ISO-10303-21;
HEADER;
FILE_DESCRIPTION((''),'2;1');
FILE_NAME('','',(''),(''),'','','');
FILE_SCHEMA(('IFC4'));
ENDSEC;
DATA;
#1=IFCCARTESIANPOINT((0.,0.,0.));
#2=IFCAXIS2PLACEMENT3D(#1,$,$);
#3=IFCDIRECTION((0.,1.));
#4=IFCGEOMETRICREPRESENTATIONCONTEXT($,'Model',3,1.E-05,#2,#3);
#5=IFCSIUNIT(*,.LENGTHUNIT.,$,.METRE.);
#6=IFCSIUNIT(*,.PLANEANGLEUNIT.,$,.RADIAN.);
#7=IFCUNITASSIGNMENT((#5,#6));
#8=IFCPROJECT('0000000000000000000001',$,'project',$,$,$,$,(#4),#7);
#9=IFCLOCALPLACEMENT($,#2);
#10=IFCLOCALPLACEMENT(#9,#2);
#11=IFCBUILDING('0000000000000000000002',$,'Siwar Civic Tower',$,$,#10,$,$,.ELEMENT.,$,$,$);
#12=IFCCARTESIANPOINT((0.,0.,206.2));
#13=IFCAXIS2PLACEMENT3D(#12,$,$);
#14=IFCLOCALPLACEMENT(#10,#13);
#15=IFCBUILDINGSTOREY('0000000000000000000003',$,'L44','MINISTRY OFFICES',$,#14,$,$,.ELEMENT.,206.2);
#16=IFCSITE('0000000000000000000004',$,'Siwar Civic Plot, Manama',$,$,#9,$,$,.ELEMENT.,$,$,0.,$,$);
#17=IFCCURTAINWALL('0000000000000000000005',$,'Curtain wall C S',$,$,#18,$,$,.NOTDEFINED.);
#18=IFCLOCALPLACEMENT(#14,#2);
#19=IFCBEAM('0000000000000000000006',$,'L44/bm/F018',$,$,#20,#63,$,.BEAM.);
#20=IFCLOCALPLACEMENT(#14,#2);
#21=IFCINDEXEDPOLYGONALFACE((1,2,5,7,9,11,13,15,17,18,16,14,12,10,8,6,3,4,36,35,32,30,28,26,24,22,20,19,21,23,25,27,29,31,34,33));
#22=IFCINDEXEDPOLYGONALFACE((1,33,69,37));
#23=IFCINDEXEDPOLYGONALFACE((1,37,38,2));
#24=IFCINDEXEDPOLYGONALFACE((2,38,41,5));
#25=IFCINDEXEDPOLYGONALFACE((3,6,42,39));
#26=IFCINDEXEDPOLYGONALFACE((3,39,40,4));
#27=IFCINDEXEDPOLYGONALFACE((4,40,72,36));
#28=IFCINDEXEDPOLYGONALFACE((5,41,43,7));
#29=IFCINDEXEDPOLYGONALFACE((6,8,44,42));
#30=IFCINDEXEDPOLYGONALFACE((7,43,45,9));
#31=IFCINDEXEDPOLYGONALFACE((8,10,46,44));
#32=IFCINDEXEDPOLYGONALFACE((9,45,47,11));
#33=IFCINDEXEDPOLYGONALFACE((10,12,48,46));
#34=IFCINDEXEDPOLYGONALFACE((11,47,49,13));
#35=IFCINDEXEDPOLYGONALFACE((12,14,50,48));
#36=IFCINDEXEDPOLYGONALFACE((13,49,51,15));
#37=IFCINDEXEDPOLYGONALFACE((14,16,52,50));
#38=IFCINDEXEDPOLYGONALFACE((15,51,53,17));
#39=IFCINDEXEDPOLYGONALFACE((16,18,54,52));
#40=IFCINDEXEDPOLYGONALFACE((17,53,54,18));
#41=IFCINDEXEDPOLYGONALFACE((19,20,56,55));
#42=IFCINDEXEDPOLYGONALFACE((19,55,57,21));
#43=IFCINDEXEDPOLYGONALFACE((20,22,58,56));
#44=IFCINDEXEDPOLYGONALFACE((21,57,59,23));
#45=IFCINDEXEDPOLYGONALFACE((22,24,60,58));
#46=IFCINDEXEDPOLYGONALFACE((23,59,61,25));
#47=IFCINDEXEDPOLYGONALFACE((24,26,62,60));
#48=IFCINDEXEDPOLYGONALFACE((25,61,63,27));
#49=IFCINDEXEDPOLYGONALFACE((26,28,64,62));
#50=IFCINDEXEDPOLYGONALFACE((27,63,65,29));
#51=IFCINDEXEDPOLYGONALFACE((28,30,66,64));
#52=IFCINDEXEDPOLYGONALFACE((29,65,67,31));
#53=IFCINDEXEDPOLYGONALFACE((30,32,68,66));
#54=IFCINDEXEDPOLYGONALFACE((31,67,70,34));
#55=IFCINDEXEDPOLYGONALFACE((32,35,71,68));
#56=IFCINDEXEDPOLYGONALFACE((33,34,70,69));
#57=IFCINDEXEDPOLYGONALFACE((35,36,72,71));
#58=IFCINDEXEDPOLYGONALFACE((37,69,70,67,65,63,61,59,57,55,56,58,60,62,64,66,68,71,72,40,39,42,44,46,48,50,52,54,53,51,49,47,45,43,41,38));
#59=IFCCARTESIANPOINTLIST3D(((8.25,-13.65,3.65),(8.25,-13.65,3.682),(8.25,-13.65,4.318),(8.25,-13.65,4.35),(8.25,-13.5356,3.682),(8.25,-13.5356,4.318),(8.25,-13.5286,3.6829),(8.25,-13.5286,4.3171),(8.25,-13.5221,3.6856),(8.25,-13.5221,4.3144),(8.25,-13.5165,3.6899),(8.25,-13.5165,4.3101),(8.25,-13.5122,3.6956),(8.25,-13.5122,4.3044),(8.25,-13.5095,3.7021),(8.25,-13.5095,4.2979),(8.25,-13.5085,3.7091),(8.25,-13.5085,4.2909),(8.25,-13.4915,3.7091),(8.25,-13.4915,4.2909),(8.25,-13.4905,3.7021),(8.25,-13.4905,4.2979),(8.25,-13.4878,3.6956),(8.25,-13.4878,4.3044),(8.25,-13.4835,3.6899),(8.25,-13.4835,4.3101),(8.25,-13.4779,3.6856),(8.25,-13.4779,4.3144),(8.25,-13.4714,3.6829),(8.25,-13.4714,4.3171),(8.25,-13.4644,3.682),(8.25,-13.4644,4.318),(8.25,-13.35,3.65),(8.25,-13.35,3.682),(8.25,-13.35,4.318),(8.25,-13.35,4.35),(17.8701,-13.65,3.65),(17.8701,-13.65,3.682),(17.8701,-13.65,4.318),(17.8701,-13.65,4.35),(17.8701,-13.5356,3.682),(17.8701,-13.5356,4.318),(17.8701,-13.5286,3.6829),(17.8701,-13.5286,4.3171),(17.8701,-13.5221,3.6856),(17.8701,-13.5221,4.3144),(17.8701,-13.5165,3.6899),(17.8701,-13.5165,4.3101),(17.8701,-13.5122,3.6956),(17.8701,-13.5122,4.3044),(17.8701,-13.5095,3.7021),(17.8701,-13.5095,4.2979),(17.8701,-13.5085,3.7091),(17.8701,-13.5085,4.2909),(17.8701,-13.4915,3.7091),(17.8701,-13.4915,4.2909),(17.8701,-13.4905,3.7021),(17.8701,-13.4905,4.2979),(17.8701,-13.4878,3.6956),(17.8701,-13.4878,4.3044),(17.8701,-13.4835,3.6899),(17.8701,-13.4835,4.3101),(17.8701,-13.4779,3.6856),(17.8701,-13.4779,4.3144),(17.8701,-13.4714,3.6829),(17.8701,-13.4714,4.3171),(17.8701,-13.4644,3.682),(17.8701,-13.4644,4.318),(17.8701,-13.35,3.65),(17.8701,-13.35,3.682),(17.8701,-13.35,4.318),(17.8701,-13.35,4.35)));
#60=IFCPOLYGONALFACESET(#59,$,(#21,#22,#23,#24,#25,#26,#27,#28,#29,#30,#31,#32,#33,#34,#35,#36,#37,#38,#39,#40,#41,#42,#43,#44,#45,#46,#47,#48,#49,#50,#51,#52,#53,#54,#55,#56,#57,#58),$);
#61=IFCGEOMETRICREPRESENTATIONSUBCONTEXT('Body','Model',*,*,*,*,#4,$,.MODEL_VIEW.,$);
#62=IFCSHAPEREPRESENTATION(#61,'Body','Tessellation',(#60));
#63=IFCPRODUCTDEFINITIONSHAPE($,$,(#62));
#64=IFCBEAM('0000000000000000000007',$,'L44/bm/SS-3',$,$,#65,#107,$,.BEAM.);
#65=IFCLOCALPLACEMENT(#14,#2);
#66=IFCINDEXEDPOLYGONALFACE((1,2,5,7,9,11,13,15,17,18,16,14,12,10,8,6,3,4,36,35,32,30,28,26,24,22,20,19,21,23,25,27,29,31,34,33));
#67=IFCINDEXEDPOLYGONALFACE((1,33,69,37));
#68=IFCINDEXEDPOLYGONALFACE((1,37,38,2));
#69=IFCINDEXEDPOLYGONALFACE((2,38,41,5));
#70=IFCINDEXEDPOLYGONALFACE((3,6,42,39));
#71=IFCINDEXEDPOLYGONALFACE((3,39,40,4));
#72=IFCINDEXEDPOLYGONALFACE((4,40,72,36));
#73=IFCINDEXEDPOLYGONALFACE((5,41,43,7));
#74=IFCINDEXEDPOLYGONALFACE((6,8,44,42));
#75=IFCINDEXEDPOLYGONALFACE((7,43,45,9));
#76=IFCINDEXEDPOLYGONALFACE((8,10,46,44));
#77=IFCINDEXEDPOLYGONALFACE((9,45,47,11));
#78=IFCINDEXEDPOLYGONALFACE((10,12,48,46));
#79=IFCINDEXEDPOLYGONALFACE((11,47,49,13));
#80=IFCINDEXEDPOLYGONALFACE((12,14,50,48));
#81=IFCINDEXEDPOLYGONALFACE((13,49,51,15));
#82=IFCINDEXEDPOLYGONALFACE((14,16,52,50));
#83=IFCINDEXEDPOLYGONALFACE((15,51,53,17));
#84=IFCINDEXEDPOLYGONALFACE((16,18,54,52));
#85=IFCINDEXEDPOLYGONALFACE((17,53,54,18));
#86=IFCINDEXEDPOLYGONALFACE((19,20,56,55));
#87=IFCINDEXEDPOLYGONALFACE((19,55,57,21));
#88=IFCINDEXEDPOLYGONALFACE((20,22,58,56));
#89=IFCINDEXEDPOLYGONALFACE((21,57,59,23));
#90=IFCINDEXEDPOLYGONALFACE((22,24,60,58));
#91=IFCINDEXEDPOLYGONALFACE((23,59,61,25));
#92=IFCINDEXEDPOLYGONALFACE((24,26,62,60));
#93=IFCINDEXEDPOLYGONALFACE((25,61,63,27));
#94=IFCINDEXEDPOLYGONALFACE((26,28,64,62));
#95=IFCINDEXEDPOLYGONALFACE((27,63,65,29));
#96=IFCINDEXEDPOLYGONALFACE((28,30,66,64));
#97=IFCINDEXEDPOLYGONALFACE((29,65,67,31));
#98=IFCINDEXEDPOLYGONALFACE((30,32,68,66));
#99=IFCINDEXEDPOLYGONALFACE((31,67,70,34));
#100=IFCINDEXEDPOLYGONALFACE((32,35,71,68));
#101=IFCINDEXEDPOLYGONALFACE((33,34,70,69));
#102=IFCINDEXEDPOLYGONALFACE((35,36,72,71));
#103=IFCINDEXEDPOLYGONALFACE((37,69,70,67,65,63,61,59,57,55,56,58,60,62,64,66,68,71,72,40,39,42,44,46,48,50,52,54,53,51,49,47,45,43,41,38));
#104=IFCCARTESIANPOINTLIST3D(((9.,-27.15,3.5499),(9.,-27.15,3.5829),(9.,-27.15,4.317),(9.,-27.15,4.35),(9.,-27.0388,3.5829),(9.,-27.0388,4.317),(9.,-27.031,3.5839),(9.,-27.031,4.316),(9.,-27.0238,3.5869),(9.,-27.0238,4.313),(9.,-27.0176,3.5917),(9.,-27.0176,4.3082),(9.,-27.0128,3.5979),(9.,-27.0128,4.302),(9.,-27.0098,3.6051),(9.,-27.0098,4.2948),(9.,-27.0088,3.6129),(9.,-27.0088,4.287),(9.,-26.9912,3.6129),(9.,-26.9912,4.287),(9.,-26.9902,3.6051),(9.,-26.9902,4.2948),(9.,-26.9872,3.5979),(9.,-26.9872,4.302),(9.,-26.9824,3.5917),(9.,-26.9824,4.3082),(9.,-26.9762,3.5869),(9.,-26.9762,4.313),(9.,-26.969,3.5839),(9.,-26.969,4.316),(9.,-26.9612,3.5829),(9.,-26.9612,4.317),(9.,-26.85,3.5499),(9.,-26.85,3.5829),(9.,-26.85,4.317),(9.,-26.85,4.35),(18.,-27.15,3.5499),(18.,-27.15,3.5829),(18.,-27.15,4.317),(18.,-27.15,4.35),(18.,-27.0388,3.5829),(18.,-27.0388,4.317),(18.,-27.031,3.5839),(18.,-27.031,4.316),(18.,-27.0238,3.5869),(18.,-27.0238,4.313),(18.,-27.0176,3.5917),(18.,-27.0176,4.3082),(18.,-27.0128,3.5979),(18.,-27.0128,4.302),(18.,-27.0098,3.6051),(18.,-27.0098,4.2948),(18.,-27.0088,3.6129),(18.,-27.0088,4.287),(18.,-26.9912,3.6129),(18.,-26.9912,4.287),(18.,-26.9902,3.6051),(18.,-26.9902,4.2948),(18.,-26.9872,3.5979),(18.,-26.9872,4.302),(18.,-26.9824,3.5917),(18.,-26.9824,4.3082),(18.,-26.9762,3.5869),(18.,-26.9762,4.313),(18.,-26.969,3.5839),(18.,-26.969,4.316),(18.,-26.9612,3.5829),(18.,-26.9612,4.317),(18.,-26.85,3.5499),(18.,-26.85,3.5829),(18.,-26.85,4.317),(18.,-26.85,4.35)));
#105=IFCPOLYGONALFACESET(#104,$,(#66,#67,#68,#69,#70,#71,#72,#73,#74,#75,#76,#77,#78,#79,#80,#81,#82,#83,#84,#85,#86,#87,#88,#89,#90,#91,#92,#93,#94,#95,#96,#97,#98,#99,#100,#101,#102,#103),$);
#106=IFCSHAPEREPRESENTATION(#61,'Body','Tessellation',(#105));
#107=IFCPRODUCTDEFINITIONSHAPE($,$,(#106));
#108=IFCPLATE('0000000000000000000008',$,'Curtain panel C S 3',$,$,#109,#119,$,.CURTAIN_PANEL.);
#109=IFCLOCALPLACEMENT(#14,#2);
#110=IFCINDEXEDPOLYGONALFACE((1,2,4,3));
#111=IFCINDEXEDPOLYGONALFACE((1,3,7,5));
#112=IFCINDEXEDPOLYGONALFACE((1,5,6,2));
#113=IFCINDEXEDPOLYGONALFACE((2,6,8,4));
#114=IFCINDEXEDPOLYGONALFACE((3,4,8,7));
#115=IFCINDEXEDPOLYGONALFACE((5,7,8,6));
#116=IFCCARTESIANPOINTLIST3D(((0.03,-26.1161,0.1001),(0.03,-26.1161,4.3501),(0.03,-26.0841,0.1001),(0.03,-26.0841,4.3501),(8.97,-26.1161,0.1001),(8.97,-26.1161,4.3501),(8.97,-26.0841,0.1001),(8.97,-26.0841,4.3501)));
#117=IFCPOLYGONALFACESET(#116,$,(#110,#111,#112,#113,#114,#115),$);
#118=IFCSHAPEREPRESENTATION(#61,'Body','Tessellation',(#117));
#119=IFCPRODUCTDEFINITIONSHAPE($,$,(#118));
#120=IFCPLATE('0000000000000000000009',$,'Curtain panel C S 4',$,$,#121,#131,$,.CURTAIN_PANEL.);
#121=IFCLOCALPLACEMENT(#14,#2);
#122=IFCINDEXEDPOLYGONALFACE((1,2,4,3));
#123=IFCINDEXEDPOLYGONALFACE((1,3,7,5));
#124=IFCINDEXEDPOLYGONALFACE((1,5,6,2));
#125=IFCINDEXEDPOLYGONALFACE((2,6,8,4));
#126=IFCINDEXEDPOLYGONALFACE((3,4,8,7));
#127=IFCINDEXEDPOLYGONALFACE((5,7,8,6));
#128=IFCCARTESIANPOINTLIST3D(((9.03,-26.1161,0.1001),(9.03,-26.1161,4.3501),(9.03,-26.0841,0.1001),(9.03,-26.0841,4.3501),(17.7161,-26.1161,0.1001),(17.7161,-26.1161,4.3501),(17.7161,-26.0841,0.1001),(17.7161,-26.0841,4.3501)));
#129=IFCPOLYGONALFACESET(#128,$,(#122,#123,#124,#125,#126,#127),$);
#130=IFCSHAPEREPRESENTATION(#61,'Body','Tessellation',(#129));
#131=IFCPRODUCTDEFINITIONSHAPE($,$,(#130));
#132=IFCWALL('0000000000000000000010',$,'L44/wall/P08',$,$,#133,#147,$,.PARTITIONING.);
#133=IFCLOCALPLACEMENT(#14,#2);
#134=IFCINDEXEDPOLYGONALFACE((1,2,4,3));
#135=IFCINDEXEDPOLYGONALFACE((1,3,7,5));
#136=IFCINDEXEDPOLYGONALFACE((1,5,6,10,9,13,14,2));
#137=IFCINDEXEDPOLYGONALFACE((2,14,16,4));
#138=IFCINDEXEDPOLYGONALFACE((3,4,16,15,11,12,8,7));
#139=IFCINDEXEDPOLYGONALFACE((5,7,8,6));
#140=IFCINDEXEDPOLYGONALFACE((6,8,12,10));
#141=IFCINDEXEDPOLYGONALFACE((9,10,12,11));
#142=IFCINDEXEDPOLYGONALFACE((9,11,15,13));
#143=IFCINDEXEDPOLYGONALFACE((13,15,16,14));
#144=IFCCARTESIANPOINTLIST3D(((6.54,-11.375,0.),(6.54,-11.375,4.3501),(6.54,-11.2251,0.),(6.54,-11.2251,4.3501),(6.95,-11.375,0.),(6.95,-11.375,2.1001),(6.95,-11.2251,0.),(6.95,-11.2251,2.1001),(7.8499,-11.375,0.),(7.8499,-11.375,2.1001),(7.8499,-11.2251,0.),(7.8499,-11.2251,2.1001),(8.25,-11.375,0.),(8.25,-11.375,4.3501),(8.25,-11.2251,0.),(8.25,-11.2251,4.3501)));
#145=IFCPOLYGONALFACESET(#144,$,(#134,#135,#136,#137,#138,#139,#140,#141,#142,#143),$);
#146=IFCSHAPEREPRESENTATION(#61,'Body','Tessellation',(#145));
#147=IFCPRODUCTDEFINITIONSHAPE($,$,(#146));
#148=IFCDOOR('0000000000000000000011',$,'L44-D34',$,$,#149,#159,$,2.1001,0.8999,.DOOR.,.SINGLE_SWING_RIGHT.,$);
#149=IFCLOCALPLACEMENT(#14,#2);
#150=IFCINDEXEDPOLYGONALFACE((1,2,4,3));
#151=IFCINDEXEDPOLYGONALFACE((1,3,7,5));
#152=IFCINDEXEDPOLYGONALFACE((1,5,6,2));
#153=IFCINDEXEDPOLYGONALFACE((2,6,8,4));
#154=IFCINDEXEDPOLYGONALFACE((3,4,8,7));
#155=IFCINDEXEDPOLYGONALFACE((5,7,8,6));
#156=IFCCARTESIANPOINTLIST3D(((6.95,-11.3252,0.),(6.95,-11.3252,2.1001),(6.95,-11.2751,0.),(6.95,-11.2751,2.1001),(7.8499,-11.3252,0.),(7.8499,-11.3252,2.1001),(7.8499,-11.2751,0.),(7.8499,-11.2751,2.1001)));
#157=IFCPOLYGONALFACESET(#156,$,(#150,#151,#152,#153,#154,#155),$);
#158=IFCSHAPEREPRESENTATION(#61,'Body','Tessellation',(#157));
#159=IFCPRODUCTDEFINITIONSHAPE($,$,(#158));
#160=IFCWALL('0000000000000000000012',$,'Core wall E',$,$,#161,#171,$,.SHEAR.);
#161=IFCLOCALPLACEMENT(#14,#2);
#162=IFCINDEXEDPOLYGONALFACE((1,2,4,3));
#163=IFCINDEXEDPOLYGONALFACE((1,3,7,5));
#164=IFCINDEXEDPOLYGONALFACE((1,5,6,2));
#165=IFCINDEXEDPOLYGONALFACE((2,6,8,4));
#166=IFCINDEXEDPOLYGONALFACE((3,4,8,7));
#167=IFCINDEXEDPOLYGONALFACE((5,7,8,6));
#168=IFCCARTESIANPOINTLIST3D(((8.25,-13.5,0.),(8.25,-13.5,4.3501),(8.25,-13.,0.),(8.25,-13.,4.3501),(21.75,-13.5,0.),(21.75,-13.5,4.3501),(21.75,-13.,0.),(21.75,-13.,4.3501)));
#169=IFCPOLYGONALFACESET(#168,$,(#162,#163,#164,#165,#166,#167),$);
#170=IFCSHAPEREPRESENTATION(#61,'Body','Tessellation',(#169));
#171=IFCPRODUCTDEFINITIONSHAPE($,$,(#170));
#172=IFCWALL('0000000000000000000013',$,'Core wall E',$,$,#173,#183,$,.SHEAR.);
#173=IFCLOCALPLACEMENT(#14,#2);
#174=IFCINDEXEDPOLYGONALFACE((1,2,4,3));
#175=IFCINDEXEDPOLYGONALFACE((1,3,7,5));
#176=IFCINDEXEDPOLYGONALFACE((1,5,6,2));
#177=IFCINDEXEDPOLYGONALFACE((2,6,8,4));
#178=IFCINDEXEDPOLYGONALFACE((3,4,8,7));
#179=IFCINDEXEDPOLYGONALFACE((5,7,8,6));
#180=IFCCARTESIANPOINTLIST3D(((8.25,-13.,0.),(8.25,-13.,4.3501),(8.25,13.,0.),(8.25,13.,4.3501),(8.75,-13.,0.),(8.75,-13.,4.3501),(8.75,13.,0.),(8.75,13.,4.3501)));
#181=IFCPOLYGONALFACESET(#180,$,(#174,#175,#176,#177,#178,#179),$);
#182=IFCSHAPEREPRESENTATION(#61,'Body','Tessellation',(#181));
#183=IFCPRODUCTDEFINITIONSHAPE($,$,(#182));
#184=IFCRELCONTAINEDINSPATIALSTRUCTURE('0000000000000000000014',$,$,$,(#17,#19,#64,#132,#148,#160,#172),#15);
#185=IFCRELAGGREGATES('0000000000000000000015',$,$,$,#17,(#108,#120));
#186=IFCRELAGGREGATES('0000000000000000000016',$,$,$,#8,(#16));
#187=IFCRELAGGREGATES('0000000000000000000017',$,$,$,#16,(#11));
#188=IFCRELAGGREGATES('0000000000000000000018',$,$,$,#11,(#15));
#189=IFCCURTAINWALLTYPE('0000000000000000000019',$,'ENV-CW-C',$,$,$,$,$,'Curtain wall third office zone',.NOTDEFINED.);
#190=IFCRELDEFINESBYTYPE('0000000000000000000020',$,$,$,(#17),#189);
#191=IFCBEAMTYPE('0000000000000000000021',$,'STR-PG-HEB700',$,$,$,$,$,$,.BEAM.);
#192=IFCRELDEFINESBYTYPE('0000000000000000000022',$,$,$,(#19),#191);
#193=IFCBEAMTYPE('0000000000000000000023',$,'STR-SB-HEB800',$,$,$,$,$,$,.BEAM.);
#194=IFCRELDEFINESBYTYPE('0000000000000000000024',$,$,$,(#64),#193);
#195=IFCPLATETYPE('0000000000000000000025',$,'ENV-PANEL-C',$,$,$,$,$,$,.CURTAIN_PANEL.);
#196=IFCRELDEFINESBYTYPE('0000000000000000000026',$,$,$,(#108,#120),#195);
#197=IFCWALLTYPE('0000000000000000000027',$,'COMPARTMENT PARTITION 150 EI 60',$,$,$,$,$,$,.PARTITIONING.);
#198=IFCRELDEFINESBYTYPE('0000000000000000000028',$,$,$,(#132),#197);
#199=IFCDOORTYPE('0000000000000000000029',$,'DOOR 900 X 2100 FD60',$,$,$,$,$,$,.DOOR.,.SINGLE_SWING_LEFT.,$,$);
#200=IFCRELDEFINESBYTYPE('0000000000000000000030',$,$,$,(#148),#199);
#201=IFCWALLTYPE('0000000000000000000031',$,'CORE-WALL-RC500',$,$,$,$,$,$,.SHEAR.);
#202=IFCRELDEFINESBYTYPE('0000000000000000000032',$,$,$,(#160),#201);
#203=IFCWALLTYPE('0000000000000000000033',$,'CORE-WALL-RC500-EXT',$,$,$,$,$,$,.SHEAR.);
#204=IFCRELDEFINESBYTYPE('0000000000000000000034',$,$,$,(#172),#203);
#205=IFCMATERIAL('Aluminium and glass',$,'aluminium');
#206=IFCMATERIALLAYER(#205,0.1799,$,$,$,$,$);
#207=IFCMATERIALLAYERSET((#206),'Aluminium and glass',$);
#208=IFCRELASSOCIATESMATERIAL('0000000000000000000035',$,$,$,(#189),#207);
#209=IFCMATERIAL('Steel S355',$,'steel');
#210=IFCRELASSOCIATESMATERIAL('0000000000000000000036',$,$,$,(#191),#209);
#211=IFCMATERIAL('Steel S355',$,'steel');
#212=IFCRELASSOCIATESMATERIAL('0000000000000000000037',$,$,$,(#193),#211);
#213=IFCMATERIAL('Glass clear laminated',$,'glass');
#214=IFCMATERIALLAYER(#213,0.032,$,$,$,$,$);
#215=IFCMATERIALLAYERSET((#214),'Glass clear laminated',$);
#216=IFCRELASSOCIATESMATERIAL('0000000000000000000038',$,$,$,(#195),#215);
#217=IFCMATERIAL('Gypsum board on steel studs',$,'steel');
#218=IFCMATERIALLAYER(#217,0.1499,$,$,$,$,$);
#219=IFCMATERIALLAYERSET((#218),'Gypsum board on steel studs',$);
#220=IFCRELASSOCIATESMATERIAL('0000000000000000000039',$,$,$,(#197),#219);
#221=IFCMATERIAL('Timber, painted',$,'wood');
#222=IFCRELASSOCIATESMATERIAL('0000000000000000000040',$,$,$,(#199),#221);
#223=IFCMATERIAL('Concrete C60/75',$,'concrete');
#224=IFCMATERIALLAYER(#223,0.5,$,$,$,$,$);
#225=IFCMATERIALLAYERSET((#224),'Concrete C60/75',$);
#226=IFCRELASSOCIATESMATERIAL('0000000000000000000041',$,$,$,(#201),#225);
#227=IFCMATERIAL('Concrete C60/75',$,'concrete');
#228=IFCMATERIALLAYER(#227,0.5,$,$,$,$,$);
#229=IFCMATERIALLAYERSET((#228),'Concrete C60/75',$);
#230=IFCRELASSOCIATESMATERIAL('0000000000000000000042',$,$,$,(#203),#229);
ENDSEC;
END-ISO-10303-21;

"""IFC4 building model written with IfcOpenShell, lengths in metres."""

from ifc_helpers import new_model, si_unit, direction, frame, frame_2d, origin, origin_2d, place, context, subcontext, project, spatial, rectangle, i_section, extrude, material, layer, layer_set, material_profile, profile_set, type_object, element, fill, aggregate, save


model = new_model("IFC4")

# Units and contexts
model_context = context("Model", 3, precision=1e-05, world=origin(), true_north=direction((0.0, 1.0)))
body_context = subcontext(model_context, "Body", "Model", "MODEL_VIEW")
ifc_project = project(units=[si_unit("LENGTHUNIT", "METRE"), si_unit("PLANEANGLEUNIT", "RADIAN")], contexts=[model_context])

# Site, building, storey
site_placement = place(None, origin())
site = spatial("IfcSite", under=ifc_project, at=site_placement, Name="Siwar Civic Plot, Manama", CompositionType="ELEMENT", RefElevation=0.0)
building_placement = place(site_placement, origin())
building = spatial("IfcBuilding", under=site, at=building_placement, Name="Siwar Civic Tower", CompositionType="ELEMENT")
storey_placement = place(building_placement, frame((0.0, 0.0, 206.2)))
storey = spatial("IfcBuildingStorey", under=building, at=storey_placement, Name="L44", Description="MINISTRY OFFICES", CompositionType="ELEMENT", Elevation=206.2)

# Curtain wall
ifc_material_1 = material(Name="Aluminium and glass", Category="aluminium")
ifc_layer_1 = layer(ifc_material_1, 0.1799)
ifc_layer_set_1 = layer_set([ifc_layer_1], Name="Aluminium and glass")
curtain_wall_type = type_object("IfcCurtainWallType", Name="ENV-CW-C", ElementType="Curtain wall third office zone", PredefinedType="NOTDEFINED", material=ifc_layer_set_1)
curtain_wall_placement = place(storey_placement, origin())
curtain_wall = element("IfcCurtainWall", 1, at=curtain_wall_placement, inside=storey, type_object=curtain_wall_type, Name="Curtain wall C S", PredefinedType="NOTDEFINED")

# Beams
ifc_material_2 = material(Name="Steel S355", Category="steel")
ifc_material_profile_1 = material_profile(ifc_material_2, i_section(OverallWidth=0.3, OverallDepth=0.7, WebThickness=0.0171, FlangeThickness=0.032, FilletRadius=0.0271, at=origin_2d()), Name="HEB700")
ifc_profile_set_1 = profile_set([ifc_material_profile_1], Name="Steel S355")
beam_type_1 = type_object("IfcBeamType", Name="STR-PG-HEB700", PredefinedType="BEAM", material=ifc_profile_set_1)
beam_1_placement = place(storey_placement, frame((8.25, -13.5, 4.0), z_axis=(1.0, 0.0, 0.0), x_axis=(0.0, 1.0, 0.0)))
element("IfcBeam", 2, at=beam_1_placement, inside=storey, type_object=beam_type_1, Name="L44/bm/F018", PredefinedType="BEAM", context=body_context, shape_type="SweptSolid", body=[
    extrude(i_section(OverallWidth=0.3, OverallDepth=0.7, WebThickness=0.0171, FlangeThickness=0.032, FilletRadius=0.0271, at=origin_2d()), origin(), (0.0, 0.0, 1.0), 9.6201),
])
ifc_material_3 = material(Name="Steel S355", Category="steel")
ifc_material_profile_2 = material_profile(ifc_material_3, i_section(OverallWidth=0.3, OverallDepth=0.8, WebThickness=0.0176, FlangeThickness=0.033, FilletRadius=0.03, at=origin_2d()), Name="HEB800")
ifc_profile_set_2 = profile_set([ifc_material_profile_2], Name="Steel S355")
beam_type_2 = type_object("IfcBeamType", Name="STR-SB-HEB800", PredefinedType="BEAM", material=ifc_profile_set_2)
beam_2_placement = place(storey_placement, frame((9.0, -27.0, 3.95), z_axis=(1.0, 0.0, 0.0), x_axis=(0.0, 1.0, 0.0)))
element("IfcBeam", 3, at=beam_2_placement, inside=storey, type_object=beam_type_2, Name="L44/bm/SS-3", PredefinedType="BEAM", context=body_context, shape_type="SweptSolid", body=[
    extrude(i_section(OverallWidth=0.3, OverallDepth=0.8, WebThickness=0.0176, FlangeThickness=0.033, FilletRadius=0.03, at=origin_2d()), origin(), (0.0, 0.0, 1.0), 9.0),
])

# Plates
ifc_material_4 = material(Name="Glass clear laminated", Category="glass")
ifc_layer_2 = layer(ifc_material_4, 0.032)
ifc_layer_set_2 = layer_set([ifc_layer_2], Name="Glass clear laminated")
plate_type = type_object("IfcPlateType", Name="ENV-PANEL-C", PredefinedType="CURTAIN_PANEL", material=ifc_layer_set_2)
plate_1_placement = place(storey_placement, frame((4.5, -26.1001, 0.1001), z_axis=(0.0, 0.0, 1.0), x_axis=(1.0, 0.0, 0.0)))
plate_1 = element("IfcPlate", 4, at=plate_1_placement, type_object=plate_type, Name="Curtain panel C S 3", PredefinedType="CURTAIN_PANEL", context=body_context, shape_type="SweptSolid", body=[
    extrude(rectangle(XDim=8.9399, YDim=0.032, at=origin_2d()), origin(), (0.0, 0.0, 1.0), 4.25),
])
plate_2_placement = place(storey_placement, frame((13.373, -26.1001, 0.1001), z_axis=(0.0, 0.0, 1.0), x_axis=(1.0, 0.0, 0.0)))
plate_2 = element("IfcPlate", 5, at=plate_2_placement, type_object=plate_type, Name="Curtain panel C S 4", PredefinedType="CURTAIN_PANEL", context=body_context, shape_type="SweptSolid", body=[
    extrude(rectangle(XDim=8.686, YDim=0.032, at=origin_2d()), origin(), (0.0, 0.0, 1.0), 4.25),
])
aggregate(curtain_wall, [plate_1, plate_2])

# Wall, opening, door
ifc_material_5 = material(Name="Gypsum board on steel studs", Category="steel")
ifc_layer_3 = layer(ifc_material_5, 0.1499)
ifc_layer_set_3 = layer_set([ifc_layer_3], Name="Gypsum board on steel studs")
wall_type_1 = type_object("IfcWallType", Name="COMPARTMENT PARTITION 150 EI 60", PredefinedType="PARTITIONING", material=ifc_layer_set_3)
wall_1_placement = place(storey_placement, frame((6.54, -11.3, 0.0), z_axis=(0.0, 0.0, 1.0), x_axis=(1.0, 0.0, 0.0)))
wall_1 = element("IfcWall", 6, at=wall_1_placement, inside=storey, type_object=wall_type_1, Name="L44/wall/P08", PredefinedType="PARTITIONING", context=body_context, shape_type="SweptSolid", body=[
    extrude(rectangle(XDim=1.71, YDim=0.1499, at=frame_2d((0.855, 0.0))), origin(), (0.0, 0.0, 1.0), 4.3501),
])
opening_placement = place(wall_1_placement, frame((0.4099, 0.0, 0.0)))
opening = element("IfcOpeningElement", 7, at=opening_placement, cuts=wall_1, PredefinedType="OPENING", context=body_context, shape_type="SweptSolid", body=[
    extrude(rectangle(XDim=0.8999, YDim=2.1001, at=frame_2d((0.45, 1.05))), frame((0.0, 0.085, 0.0), z_axis=(0.0, -1.0, 0.0), x_axis=(1.0, 0.0, 0.0)), (0.0, 0.0, 1.0), 0.1699),
])
ifc_material_6 = material(Name="Timber, painted", Category="wood")
door_type = type_object("IfcDoorType", Name="DOOR 900 X 2100 FD60", OperationType="SINGLE_SWING_LEFT", PredefinedType="DOOR", material=ifc_material_6)
door_placement = place(opening_placement, origin())
door = element("IfcDoor", 8, at=door_placement, inside=storey, type_object=door_type, Name="L44-D34", OperationType="SINGLE_SWING_RIGHT", OverallHeight=2.1001, OverallWidth=0.8999, PredefinedType="DOOR", context=body_context, shape_type="SweptSolid", body=[
    extrude(rectangle(XDim=0.8999, YDim=2.1001, at=frame_2d((0.45, 1.05))), frame((0.0, 0.0249, 0.0), z_axis=(0.0, -1.0, 0.0), x_axis=(1.0, 0.0, 0.0)), (0.0, 0.0, 1.0), 0.05),
])
fill(opening, door)

# Walls
ifc_material_7 = material(Name="Concrete C60/75", Category="concrete")
ifc_layer_4 = layer(ifc_material_7, 0.5)
ifc_layer_set_4 = layer_set([ifc_layer_4], Name="Concrete C60/75")
wall_type_2 = type_object("IfcWallType", Name="CORE-WALL-RC500", PredefinedType="SHEAR", material=ifc_layer_set_4)
wall_2_placement = place(storey_placement, frame((8.25, -13.25, 0.0), z_axis=(0.0, 0.0, 1.0), x_axis=(1.0, 0.0, 0.0)))
element("IfcWall", 9, at=wall_2_placement, inside=storey, type_object=wall_type_2, Name="Core wall E", PredefinedType="SHEAR", context=body_context, shape_type="SweptSolid", body=[
    extrude(rectangle(XDim=13.5, YDim=0.5, at=frame_2d((6.75, 0.0))), origin(), (0.0, 0.0, 1.0), 4.3501),
])
ifc_material_8 = material(Name="Concrete C60/75", Category="concrete")
ifc_layer_5 = layer(ifc_material_8, 0.5)
ifc_layer_set_5 = layer_set([ifc_layer_5], Name="Concrete C60/75")
wall_type_3 = type_object("IfcWallType", Name="CORE-WALL-RC500-EXT", PredefinedType="SHEAR", material=ifc_layer_set_5)
wall_3_placement = place(storey_placement, frame((8.5, -13.0, 0.0), z_axis=(0.0, 0.0, 1.0), x_axis=(0.0, 1.0, 0.0)))
element("IfcWall", 10, at=wall_3_placement, inside=storey, type_object=wall_type_3, Name="Core wall E", PredefinedType="SHEAR", context=body_context, shape_type="SweptSolid", body=[
    extrude(rectangle(XDim=26.0, YDim=0.5, at=frame_2d((13.0, 0.0))), origin(), (0.0, 0.0, 1.0), 4.3501),
])

save(model, "model.ifc")
